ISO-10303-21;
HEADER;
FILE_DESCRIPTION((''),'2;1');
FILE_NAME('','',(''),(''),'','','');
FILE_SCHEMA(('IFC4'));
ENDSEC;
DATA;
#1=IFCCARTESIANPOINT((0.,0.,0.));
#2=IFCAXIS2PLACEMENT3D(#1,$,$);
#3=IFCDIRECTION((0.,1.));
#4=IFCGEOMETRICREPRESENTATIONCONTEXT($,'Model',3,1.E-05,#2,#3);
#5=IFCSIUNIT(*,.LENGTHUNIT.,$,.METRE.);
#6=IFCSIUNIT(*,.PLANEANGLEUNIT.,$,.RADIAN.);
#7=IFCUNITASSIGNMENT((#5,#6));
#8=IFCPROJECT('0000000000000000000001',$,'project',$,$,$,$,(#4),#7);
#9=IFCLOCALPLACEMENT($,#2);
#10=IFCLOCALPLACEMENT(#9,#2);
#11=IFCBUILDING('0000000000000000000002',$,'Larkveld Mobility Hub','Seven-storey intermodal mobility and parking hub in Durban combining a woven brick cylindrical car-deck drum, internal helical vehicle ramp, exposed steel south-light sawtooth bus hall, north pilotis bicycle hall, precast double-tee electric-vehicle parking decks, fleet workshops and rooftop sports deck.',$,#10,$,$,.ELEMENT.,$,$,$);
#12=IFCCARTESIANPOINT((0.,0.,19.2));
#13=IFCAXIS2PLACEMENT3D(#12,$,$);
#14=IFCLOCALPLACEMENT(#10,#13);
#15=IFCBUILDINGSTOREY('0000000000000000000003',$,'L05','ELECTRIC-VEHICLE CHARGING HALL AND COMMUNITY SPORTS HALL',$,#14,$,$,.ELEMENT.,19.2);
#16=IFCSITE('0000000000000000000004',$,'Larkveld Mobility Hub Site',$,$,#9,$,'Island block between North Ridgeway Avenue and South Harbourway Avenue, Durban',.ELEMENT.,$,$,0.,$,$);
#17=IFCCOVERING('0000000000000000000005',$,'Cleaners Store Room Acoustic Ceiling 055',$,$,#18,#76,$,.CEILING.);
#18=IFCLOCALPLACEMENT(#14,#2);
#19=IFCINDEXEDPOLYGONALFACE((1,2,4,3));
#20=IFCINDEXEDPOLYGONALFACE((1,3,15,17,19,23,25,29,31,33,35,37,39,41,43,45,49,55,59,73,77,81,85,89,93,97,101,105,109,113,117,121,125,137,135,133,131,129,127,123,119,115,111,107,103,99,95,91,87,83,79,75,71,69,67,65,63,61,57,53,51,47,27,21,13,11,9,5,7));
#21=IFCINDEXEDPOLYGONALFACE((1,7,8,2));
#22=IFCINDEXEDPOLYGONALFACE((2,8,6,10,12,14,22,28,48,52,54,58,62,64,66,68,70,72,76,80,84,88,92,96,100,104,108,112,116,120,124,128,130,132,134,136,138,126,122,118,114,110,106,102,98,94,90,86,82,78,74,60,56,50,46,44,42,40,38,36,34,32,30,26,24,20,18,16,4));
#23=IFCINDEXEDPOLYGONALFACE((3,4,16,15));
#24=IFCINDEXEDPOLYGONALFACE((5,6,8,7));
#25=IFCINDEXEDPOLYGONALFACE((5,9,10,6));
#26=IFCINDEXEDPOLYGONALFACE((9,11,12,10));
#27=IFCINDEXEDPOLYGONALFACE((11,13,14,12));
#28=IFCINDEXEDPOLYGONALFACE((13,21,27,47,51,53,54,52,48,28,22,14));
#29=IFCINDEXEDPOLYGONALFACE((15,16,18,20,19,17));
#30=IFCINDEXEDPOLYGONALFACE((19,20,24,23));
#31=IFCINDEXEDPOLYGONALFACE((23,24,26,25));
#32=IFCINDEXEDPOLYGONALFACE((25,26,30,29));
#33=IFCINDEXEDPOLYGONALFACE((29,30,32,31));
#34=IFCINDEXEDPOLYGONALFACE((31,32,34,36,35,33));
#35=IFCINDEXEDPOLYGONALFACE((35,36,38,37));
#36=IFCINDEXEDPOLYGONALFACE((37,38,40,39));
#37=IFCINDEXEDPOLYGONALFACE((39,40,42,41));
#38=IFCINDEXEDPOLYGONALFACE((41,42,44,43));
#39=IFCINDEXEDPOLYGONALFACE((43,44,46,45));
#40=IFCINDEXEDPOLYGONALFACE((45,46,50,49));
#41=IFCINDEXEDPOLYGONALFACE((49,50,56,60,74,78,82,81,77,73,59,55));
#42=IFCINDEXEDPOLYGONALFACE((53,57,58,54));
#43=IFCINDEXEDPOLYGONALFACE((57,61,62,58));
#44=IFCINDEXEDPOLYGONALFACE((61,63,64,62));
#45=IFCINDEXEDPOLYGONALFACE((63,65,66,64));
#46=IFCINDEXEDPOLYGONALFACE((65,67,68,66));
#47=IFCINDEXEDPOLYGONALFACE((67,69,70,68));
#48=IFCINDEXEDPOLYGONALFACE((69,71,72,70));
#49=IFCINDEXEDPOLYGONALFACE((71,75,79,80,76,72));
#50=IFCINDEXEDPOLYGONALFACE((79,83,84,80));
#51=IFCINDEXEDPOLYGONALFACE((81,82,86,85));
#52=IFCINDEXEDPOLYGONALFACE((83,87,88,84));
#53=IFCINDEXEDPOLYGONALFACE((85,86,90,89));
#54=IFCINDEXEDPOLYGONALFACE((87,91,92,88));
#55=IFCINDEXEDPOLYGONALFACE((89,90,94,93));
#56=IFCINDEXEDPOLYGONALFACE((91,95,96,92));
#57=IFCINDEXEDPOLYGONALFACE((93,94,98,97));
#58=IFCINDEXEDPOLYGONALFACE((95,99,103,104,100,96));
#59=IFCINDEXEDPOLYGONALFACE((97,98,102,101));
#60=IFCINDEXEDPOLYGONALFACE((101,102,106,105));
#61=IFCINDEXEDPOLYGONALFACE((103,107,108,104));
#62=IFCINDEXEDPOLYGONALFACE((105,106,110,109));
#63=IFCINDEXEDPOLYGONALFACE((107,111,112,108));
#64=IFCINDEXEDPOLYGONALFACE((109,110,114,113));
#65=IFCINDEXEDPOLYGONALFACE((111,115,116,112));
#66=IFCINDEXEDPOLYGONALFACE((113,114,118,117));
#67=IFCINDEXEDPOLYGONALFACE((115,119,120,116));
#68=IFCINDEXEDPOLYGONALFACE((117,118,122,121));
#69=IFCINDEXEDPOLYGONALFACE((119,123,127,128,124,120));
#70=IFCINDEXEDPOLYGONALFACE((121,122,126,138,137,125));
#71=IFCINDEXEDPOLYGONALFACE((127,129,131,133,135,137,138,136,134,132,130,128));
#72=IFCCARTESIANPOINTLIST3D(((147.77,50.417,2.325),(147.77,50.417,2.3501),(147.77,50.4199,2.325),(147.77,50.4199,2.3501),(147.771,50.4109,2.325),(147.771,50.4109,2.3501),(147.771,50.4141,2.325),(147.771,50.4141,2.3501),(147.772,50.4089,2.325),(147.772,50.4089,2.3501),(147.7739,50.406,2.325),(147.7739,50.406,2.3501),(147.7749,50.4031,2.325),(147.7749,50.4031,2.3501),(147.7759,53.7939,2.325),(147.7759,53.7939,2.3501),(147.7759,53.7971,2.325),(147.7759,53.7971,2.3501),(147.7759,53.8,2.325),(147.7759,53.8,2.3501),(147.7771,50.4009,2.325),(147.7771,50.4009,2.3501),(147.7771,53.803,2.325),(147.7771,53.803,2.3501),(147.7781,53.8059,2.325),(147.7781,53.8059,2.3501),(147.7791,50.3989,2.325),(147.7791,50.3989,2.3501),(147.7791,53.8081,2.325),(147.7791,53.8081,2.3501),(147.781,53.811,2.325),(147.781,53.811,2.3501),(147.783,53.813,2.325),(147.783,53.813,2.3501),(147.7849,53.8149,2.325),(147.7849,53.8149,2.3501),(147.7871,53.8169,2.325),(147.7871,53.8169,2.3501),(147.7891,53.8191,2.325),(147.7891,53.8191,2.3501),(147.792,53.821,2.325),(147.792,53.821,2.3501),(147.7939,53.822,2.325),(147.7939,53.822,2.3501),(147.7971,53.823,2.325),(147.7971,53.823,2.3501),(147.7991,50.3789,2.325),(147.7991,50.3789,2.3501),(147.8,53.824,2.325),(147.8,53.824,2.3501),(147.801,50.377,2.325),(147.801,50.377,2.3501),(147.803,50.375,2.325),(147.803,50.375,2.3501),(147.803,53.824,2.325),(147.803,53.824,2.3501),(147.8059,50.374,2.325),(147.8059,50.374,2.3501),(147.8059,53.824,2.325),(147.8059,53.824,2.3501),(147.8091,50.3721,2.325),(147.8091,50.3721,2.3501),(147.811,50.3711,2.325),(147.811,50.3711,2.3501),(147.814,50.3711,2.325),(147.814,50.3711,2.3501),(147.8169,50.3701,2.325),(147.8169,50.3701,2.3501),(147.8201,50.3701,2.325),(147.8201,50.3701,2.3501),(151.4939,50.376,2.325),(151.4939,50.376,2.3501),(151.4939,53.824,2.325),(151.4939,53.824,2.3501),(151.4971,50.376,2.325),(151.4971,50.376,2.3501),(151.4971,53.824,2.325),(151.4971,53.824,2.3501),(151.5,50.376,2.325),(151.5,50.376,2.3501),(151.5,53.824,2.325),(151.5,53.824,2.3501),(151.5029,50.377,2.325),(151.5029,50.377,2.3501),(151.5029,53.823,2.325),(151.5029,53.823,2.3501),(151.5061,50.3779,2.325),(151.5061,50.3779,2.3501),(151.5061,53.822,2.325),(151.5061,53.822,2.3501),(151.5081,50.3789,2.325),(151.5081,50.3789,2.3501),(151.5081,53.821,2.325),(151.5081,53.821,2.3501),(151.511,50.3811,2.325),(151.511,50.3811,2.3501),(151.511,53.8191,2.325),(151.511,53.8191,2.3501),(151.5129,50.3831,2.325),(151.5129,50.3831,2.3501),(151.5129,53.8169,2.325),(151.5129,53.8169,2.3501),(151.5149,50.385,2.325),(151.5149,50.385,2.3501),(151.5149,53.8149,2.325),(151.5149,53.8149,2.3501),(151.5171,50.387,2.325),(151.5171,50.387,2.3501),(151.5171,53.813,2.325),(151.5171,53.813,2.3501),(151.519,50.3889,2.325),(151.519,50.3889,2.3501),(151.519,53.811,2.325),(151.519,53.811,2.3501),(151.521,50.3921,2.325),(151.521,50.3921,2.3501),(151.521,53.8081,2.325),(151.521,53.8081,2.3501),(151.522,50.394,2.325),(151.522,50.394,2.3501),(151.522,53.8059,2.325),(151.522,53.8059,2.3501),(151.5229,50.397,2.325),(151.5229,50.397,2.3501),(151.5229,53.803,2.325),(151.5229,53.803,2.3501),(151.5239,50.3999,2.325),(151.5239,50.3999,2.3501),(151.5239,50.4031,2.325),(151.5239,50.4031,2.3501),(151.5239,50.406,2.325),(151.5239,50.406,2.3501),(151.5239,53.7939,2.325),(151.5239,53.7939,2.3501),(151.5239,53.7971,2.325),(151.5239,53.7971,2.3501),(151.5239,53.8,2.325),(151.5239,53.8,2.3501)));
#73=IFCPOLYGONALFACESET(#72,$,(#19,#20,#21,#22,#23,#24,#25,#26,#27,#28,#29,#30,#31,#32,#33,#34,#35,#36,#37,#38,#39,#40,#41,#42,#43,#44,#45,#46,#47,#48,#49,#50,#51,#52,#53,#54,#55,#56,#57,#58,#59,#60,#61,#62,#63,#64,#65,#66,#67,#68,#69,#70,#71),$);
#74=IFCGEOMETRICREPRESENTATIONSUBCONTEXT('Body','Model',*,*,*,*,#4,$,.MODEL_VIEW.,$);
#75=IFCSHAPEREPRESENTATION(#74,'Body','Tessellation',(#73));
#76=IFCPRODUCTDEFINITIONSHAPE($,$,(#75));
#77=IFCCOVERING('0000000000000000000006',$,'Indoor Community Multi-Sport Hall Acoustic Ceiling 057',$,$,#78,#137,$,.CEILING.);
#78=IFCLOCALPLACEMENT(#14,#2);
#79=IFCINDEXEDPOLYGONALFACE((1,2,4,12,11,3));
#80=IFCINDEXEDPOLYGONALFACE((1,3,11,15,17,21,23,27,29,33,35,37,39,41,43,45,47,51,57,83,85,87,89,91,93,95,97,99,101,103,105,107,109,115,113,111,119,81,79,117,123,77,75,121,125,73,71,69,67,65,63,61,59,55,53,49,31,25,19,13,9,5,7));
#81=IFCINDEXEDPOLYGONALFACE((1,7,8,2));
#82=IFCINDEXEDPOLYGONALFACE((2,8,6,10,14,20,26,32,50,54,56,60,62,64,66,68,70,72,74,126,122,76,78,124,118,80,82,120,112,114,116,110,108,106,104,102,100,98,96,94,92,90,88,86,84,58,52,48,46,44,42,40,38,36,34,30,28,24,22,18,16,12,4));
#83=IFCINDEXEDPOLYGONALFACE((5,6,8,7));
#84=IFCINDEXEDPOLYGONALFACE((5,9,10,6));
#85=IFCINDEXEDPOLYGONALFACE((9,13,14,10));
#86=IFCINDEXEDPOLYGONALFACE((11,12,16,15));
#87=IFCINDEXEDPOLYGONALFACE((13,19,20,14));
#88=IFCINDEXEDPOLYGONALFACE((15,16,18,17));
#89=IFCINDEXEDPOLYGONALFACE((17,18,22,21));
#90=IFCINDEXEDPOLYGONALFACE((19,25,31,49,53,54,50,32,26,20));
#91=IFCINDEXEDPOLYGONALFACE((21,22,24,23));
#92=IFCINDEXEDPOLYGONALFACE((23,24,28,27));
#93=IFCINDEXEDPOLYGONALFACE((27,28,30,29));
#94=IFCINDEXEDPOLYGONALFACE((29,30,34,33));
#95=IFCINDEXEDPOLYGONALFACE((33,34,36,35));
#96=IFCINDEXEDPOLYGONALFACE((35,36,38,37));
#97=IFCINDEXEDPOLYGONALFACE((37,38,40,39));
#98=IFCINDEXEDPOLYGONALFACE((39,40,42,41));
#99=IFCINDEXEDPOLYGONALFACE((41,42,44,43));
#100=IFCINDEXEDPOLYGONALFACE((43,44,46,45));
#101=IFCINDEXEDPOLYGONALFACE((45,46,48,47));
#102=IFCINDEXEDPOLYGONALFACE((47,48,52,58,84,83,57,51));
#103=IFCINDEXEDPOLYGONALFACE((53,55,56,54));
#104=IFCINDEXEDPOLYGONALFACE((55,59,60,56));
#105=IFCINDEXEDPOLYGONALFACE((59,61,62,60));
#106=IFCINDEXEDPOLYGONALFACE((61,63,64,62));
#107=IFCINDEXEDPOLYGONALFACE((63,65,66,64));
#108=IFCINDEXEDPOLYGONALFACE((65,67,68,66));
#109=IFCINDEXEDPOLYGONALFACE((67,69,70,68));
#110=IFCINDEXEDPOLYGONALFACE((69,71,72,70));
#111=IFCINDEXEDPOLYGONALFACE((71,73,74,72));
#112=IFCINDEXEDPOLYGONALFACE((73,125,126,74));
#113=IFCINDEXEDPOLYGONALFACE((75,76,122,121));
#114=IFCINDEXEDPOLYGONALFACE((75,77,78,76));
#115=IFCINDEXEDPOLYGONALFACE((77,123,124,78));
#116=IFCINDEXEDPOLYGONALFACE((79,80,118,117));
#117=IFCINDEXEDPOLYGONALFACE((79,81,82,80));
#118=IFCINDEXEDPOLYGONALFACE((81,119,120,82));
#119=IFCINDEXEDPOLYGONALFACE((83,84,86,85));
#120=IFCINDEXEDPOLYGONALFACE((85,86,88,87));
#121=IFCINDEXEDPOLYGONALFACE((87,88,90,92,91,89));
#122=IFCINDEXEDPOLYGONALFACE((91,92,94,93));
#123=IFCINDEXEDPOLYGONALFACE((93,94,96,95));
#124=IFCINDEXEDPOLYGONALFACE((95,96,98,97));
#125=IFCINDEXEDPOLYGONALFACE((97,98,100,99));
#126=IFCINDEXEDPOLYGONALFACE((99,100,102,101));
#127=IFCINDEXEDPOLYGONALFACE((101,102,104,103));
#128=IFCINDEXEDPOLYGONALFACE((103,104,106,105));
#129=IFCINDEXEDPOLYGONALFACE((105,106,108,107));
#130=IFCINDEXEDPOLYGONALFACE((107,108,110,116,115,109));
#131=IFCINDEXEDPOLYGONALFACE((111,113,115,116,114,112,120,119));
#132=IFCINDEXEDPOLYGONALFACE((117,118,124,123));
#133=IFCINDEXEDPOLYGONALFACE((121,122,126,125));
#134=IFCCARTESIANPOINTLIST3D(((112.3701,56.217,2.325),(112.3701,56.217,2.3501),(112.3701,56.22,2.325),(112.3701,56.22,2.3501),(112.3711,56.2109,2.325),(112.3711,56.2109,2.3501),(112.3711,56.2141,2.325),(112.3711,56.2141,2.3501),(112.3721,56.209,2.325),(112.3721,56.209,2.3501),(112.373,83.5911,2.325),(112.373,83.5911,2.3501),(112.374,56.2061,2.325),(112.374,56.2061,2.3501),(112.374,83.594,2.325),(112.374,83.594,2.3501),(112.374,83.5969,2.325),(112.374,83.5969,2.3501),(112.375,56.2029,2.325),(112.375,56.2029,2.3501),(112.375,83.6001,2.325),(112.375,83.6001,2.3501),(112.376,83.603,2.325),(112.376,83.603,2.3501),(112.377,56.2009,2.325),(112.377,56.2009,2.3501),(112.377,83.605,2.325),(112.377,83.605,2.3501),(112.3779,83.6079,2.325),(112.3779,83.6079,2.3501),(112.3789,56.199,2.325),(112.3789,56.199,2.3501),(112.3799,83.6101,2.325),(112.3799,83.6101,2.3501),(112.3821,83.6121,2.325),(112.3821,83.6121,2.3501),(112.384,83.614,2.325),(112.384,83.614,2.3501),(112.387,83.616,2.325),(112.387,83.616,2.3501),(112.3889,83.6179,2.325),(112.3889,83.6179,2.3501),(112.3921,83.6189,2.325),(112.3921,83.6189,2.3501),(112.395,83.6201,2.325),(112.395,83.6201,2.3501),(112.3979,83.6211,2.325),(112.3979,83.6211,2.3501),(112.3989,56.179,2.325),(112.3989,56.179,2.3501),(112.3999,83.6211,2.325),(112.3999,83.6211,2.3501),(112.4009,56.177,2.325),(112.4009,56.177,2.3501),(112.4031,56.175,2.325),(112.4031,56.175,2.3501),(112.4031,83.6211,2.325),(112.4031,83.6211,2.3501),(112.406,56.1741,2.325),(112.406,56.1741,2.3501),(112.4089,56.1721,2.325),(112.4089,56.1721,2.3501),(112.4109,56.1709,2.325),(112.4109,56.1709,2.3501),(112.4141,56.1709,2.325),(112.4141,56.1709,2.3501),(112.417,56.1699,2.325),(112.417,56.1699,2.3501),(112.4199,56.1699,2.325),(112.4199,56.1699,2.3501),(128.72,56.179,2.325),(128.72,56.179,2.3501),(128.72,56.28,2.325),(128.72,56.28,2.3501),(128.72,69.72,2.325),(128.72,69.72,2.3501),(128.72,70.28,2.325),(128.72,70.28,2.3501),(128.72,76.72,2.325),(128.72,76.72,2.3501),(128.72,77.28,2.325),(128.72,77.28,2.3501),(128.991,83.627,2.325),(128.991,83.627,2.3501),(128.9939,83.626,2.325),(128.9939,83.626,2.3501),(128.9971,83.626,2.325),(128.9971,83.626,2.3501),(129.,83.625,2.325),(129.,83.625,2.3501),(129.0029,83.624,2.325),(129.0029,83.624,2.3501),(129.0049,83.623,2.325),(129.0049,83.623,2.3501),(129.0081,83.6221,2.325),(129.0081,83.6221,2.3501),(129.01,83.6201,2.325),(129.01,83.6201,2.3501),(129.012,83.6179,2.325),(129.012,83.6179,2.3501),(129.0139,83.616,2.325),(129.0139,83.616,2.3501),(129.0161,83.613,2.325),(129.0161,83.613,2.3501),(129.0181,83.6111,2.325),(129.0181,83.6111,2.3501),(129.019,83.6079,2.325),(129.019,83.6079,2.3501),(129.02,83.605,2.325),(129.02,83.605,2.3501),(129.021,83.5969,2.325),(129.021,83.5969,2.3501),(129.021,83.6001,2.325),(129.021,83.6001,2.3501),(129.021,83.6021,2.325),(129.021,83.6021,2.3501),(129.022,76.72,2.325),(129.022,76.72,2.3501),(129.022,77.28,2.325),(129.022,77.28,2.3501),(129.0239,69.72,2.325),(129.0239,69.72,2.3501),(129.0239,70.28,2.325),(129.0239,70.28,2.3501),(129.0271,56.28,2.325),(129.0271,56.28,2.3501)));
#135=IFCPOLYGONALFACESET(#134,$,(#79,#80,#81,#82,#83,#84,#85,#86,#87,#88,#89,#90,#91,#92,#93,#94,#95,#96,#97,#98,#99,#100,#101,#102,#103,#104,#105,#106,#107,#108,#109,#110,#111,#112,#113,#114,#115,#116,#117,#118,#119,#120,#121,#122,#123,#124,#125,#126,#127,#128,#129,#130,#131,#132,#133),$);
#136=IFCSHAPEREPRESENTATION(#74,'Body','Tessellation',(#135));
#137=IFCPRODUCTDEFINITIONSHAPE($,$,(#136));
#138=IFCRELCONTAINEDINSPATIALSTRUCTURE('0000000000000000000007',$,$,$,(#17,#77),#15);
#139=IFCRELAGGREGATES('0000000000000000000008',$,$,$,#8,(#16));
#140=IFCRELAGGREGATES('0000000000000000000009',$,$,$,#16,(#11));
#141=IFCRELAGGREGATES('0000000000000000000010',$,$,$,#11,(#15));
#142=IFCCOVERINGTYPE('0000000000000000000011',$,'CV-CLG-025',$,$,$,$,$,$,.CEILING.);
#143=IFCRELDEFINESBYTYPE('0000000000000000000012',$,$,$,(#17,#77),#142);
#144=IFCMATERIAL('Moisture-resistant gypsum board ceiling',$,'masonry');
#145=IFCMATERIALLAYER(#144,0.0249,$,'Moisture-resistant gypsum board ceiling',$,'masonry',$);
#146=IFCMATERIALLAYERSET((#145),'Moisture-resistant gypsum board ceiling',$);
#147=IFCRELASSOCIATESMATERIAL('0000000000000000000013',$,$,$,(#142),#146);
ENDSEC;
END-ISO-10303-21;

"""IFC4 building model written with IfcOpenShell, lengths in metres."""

from ifc_helpers import new_model, si_unit, direction, frame, origin, place, context, subcontext, project, spatial, polyline, outline, extrude, material, layer, layer_set, type_object, element, save


model = new_model("IFC4")

# Units and contexts
model_context = context("Model", 3, precision=1e-05, world=origin(), true_north=direction((0.0, 1.0)))
body_context = subcontext(model_context, "Body", "Model", "MODEL_VIEW")
ifc_project = project(units=[si_unit("LENGTHUNIT", "METRE"), si_unit("PLANEANGLEUNIT", "RADIAN")], contexts=[model_context])

# Site, building, storey
site_placement = place(None, origin())
site = spatial("IfcSite", under=ifc_project, at=site_placement, Name="Larkveld Mobility Hub Site", LongName="Island block between North Ridgeway Avenue and South Harbourway Avenue, Durban", CompositionType="ELEMENT", RefElevation=0.0)
building_placement = place(site_placement, origin())
building = spatial("IfcBuilding", under=site, at=building_placement, Name="Larkveld Mobility Hub", Description="Seven-storey intermodal mobility and parking hub in Durban combining a woven brick cylindrical car-deck drum, internal helical vehicle ramp, exposed steel south-light sawtooth bus hall, north pilotis bicycle hall, precast double-tee electric-vehicle parking decks, fleet workshops and rooftop sports deck.", CompositionType="ELEMENT")
storey_placement = place(building_placement, frame((0.0, 0.0, 19.2)))
storey = spatial("IfcBuildingStorey", under=building, at=storey_placement, Name="L05", Description="ELECTRIC-VEHICLE CHARGING HALL AND COMMUNITY SPORTS HALL", CompositionType="ELEMENT", Elevation=19.2)

# Coverings
ifc_material_1 = material(Name="Moisture-resistant gypsum board ceiling", Category="masonry")
ifc_layer_1 = layer(ifc_material_1, 0.0249, Name="Moisture-resistant gypsum board ceiling", Category="masonry")
ifc_layer_set_1 = layer_set([ifc_layer_1], Name="Moisture-resistant gypsum board ceiling")
covering_type_1 = type_object("IfcCoveringType", Name="CV-CLG-025", PredefinedType="CEILING", material=ifc_layer_set_1)
covering_1_placement = place(storey_placement, frame((0.0, 0.0, 2.325)))
element("IfcCovering", 1, at=covering_1_placement, inside=storey, type_object=covering_type_1, Name="Cleaners Store Room Acoustic Ceiling 055", PredefinedType="CEILING", context=body_context, shape_type="SweptSolid", body=[
    extrude(outline(polyline([(147.8201, 50.3701), (147.8169, 50.3701), (147.814, 50.3711), (147.811, 50.3711), (147.8091, 50.3721), (147.8059, 50.374), (147.803, 50.375), (147.801, 50.377), (147.7991, 50.3789), (147.7791, 50.3989), (147.7771, 50.4009), (147.7749, 50.4031), (147.7739, 50.406), (147.772, 50.4089), (147.771, 50.4109), (147.771, 50.4141), (147.77, 50.417), (147.77, 50.4199), (147.7759, 53.7939), (147.7759, 53.7971), (147.7759, 53.8), (147.7771, 53.803), (147.7781, 53.8059), (147.7791, 53.8081), (147.781, 53.811), (147.783, 53.813), (147.7849, 53.8149), (147.7871, 53.8169), (147.7891, 53.8191), (147.792, 53.821), (147.7939, 53.822), (147.7971, 53.823), (147.8, 53.824), (147.803, 53.824), (147.8059, 53.824), (151.4939, 53.824), (151.4971, 53.824), (151.5, 53.824), (151.5029, 53.823), (151.5061, 53.822), (151.5081, 53.821), (151.511, 53.8191), (151.5129, 53.8169), (151.5149, 53.8149), (151.5171, 53.813), (151.519, 53.811), (151.521, 53.8081), (151.522, 53.8059), (151.5229, 53.803), (151.5239, 53.8), (151.5239, 53.7971), (151.5239, 53.7939), (151.5239, 50.406), (151.5239, 50.4031), (151.5239, 50.3999), (151.5229, 50.397), (151.522, 50.394), (151.521, 50.3921), (151.519, 50.3889), (151.5171, 50.387), (151.5149, 50.385), (151.5129, 50.3831), (151.511, 50.3811), (151.5081, 50.3789), (151.5061, 50.3779), (151.5029, 50.377), (151.5, 50.376), (151.4971, 50.376), (151.4939, 50.376), (147.8201, 50.3701)])), origin(), (0.0, 0.0, 1.0), 0.0251),
])
covering_2_placement = place(storey_placement, frame((0.0, 0.0, 2.325)))
element("IfcCovering", 2, at=covering_2_placement, inside=storey, type_object=covering_type_1, Name="Indoor Community Multi-Sport Hall Acoustic Ceiling 057", PredefinedType="CEILING", context=body_context, shape_type="SweptSolid", body=[
    extrude(outline(polyline([(112.417, 56.1699), (112.4141, 56.1709), (112.4109, 56.1709), (112.4089, 56.1721), (112.406, 56.1741), (112.4031, 56.175), (112.4009, 56.177), (112.3989, 56.179), (112.3789, 56.199), (112.377, 56.2009), (112.375, 56.2029), (112.374, 56.2061), (112.3721, 56.209), (112.3711, 56.2109), (112.3711, 56.2141), (112.3701, 56.217), (112.3701, 56.22), (112.373, 83.5911), (112.374, 83.594), (112.374, 83.5969), (112.375, 83.6001), (112.376, 83.603), (112.377, 83.605), (112.3779, 83.6079), (112.3799, 83.6101), (112.3821, 83.6121), (112.384, 83.614), (112.387, 83.616), (112.3889, 83.6179), (112.3921, 83.6189), (112.395, 83.6201), (112.3979, 83.6211), (112.3999, 83.6211), (112.4031, 83.6211), (128.991, 83.627), (128.9939, 83.626), (128.9971, 83.626), (129.0, 83.625), (129.0029, 83.624), (129.0049, 83.623), (129.0081, 83.6221), (129.01, 83.6201), (129.012, 83.6179), (129.0139, 83.616), (129.0161, 83.613), (129.0181, 83.6111), (129.019, 83.6079), (129.02, 83.605), (129.021, 83.6021), (129.021, 83.6001), (129.021, 83.5969), (129.022, 77.28), (128.72, 77.28), (128.72, 76.72), (129.022, 76.72), (129.0239, 70.28), (128.72, 70.28), (128.72, 69.72), (129.0239, 69.72), (129.0271, 56.28), (128.72, 56.28), (128.72, 56.179), (112.4199, 56.1699), (112.417, 56.1699)])), origin(), (0.0, 0.0, 1.0), 0.0251),
])

save(model, "model.ifc")
